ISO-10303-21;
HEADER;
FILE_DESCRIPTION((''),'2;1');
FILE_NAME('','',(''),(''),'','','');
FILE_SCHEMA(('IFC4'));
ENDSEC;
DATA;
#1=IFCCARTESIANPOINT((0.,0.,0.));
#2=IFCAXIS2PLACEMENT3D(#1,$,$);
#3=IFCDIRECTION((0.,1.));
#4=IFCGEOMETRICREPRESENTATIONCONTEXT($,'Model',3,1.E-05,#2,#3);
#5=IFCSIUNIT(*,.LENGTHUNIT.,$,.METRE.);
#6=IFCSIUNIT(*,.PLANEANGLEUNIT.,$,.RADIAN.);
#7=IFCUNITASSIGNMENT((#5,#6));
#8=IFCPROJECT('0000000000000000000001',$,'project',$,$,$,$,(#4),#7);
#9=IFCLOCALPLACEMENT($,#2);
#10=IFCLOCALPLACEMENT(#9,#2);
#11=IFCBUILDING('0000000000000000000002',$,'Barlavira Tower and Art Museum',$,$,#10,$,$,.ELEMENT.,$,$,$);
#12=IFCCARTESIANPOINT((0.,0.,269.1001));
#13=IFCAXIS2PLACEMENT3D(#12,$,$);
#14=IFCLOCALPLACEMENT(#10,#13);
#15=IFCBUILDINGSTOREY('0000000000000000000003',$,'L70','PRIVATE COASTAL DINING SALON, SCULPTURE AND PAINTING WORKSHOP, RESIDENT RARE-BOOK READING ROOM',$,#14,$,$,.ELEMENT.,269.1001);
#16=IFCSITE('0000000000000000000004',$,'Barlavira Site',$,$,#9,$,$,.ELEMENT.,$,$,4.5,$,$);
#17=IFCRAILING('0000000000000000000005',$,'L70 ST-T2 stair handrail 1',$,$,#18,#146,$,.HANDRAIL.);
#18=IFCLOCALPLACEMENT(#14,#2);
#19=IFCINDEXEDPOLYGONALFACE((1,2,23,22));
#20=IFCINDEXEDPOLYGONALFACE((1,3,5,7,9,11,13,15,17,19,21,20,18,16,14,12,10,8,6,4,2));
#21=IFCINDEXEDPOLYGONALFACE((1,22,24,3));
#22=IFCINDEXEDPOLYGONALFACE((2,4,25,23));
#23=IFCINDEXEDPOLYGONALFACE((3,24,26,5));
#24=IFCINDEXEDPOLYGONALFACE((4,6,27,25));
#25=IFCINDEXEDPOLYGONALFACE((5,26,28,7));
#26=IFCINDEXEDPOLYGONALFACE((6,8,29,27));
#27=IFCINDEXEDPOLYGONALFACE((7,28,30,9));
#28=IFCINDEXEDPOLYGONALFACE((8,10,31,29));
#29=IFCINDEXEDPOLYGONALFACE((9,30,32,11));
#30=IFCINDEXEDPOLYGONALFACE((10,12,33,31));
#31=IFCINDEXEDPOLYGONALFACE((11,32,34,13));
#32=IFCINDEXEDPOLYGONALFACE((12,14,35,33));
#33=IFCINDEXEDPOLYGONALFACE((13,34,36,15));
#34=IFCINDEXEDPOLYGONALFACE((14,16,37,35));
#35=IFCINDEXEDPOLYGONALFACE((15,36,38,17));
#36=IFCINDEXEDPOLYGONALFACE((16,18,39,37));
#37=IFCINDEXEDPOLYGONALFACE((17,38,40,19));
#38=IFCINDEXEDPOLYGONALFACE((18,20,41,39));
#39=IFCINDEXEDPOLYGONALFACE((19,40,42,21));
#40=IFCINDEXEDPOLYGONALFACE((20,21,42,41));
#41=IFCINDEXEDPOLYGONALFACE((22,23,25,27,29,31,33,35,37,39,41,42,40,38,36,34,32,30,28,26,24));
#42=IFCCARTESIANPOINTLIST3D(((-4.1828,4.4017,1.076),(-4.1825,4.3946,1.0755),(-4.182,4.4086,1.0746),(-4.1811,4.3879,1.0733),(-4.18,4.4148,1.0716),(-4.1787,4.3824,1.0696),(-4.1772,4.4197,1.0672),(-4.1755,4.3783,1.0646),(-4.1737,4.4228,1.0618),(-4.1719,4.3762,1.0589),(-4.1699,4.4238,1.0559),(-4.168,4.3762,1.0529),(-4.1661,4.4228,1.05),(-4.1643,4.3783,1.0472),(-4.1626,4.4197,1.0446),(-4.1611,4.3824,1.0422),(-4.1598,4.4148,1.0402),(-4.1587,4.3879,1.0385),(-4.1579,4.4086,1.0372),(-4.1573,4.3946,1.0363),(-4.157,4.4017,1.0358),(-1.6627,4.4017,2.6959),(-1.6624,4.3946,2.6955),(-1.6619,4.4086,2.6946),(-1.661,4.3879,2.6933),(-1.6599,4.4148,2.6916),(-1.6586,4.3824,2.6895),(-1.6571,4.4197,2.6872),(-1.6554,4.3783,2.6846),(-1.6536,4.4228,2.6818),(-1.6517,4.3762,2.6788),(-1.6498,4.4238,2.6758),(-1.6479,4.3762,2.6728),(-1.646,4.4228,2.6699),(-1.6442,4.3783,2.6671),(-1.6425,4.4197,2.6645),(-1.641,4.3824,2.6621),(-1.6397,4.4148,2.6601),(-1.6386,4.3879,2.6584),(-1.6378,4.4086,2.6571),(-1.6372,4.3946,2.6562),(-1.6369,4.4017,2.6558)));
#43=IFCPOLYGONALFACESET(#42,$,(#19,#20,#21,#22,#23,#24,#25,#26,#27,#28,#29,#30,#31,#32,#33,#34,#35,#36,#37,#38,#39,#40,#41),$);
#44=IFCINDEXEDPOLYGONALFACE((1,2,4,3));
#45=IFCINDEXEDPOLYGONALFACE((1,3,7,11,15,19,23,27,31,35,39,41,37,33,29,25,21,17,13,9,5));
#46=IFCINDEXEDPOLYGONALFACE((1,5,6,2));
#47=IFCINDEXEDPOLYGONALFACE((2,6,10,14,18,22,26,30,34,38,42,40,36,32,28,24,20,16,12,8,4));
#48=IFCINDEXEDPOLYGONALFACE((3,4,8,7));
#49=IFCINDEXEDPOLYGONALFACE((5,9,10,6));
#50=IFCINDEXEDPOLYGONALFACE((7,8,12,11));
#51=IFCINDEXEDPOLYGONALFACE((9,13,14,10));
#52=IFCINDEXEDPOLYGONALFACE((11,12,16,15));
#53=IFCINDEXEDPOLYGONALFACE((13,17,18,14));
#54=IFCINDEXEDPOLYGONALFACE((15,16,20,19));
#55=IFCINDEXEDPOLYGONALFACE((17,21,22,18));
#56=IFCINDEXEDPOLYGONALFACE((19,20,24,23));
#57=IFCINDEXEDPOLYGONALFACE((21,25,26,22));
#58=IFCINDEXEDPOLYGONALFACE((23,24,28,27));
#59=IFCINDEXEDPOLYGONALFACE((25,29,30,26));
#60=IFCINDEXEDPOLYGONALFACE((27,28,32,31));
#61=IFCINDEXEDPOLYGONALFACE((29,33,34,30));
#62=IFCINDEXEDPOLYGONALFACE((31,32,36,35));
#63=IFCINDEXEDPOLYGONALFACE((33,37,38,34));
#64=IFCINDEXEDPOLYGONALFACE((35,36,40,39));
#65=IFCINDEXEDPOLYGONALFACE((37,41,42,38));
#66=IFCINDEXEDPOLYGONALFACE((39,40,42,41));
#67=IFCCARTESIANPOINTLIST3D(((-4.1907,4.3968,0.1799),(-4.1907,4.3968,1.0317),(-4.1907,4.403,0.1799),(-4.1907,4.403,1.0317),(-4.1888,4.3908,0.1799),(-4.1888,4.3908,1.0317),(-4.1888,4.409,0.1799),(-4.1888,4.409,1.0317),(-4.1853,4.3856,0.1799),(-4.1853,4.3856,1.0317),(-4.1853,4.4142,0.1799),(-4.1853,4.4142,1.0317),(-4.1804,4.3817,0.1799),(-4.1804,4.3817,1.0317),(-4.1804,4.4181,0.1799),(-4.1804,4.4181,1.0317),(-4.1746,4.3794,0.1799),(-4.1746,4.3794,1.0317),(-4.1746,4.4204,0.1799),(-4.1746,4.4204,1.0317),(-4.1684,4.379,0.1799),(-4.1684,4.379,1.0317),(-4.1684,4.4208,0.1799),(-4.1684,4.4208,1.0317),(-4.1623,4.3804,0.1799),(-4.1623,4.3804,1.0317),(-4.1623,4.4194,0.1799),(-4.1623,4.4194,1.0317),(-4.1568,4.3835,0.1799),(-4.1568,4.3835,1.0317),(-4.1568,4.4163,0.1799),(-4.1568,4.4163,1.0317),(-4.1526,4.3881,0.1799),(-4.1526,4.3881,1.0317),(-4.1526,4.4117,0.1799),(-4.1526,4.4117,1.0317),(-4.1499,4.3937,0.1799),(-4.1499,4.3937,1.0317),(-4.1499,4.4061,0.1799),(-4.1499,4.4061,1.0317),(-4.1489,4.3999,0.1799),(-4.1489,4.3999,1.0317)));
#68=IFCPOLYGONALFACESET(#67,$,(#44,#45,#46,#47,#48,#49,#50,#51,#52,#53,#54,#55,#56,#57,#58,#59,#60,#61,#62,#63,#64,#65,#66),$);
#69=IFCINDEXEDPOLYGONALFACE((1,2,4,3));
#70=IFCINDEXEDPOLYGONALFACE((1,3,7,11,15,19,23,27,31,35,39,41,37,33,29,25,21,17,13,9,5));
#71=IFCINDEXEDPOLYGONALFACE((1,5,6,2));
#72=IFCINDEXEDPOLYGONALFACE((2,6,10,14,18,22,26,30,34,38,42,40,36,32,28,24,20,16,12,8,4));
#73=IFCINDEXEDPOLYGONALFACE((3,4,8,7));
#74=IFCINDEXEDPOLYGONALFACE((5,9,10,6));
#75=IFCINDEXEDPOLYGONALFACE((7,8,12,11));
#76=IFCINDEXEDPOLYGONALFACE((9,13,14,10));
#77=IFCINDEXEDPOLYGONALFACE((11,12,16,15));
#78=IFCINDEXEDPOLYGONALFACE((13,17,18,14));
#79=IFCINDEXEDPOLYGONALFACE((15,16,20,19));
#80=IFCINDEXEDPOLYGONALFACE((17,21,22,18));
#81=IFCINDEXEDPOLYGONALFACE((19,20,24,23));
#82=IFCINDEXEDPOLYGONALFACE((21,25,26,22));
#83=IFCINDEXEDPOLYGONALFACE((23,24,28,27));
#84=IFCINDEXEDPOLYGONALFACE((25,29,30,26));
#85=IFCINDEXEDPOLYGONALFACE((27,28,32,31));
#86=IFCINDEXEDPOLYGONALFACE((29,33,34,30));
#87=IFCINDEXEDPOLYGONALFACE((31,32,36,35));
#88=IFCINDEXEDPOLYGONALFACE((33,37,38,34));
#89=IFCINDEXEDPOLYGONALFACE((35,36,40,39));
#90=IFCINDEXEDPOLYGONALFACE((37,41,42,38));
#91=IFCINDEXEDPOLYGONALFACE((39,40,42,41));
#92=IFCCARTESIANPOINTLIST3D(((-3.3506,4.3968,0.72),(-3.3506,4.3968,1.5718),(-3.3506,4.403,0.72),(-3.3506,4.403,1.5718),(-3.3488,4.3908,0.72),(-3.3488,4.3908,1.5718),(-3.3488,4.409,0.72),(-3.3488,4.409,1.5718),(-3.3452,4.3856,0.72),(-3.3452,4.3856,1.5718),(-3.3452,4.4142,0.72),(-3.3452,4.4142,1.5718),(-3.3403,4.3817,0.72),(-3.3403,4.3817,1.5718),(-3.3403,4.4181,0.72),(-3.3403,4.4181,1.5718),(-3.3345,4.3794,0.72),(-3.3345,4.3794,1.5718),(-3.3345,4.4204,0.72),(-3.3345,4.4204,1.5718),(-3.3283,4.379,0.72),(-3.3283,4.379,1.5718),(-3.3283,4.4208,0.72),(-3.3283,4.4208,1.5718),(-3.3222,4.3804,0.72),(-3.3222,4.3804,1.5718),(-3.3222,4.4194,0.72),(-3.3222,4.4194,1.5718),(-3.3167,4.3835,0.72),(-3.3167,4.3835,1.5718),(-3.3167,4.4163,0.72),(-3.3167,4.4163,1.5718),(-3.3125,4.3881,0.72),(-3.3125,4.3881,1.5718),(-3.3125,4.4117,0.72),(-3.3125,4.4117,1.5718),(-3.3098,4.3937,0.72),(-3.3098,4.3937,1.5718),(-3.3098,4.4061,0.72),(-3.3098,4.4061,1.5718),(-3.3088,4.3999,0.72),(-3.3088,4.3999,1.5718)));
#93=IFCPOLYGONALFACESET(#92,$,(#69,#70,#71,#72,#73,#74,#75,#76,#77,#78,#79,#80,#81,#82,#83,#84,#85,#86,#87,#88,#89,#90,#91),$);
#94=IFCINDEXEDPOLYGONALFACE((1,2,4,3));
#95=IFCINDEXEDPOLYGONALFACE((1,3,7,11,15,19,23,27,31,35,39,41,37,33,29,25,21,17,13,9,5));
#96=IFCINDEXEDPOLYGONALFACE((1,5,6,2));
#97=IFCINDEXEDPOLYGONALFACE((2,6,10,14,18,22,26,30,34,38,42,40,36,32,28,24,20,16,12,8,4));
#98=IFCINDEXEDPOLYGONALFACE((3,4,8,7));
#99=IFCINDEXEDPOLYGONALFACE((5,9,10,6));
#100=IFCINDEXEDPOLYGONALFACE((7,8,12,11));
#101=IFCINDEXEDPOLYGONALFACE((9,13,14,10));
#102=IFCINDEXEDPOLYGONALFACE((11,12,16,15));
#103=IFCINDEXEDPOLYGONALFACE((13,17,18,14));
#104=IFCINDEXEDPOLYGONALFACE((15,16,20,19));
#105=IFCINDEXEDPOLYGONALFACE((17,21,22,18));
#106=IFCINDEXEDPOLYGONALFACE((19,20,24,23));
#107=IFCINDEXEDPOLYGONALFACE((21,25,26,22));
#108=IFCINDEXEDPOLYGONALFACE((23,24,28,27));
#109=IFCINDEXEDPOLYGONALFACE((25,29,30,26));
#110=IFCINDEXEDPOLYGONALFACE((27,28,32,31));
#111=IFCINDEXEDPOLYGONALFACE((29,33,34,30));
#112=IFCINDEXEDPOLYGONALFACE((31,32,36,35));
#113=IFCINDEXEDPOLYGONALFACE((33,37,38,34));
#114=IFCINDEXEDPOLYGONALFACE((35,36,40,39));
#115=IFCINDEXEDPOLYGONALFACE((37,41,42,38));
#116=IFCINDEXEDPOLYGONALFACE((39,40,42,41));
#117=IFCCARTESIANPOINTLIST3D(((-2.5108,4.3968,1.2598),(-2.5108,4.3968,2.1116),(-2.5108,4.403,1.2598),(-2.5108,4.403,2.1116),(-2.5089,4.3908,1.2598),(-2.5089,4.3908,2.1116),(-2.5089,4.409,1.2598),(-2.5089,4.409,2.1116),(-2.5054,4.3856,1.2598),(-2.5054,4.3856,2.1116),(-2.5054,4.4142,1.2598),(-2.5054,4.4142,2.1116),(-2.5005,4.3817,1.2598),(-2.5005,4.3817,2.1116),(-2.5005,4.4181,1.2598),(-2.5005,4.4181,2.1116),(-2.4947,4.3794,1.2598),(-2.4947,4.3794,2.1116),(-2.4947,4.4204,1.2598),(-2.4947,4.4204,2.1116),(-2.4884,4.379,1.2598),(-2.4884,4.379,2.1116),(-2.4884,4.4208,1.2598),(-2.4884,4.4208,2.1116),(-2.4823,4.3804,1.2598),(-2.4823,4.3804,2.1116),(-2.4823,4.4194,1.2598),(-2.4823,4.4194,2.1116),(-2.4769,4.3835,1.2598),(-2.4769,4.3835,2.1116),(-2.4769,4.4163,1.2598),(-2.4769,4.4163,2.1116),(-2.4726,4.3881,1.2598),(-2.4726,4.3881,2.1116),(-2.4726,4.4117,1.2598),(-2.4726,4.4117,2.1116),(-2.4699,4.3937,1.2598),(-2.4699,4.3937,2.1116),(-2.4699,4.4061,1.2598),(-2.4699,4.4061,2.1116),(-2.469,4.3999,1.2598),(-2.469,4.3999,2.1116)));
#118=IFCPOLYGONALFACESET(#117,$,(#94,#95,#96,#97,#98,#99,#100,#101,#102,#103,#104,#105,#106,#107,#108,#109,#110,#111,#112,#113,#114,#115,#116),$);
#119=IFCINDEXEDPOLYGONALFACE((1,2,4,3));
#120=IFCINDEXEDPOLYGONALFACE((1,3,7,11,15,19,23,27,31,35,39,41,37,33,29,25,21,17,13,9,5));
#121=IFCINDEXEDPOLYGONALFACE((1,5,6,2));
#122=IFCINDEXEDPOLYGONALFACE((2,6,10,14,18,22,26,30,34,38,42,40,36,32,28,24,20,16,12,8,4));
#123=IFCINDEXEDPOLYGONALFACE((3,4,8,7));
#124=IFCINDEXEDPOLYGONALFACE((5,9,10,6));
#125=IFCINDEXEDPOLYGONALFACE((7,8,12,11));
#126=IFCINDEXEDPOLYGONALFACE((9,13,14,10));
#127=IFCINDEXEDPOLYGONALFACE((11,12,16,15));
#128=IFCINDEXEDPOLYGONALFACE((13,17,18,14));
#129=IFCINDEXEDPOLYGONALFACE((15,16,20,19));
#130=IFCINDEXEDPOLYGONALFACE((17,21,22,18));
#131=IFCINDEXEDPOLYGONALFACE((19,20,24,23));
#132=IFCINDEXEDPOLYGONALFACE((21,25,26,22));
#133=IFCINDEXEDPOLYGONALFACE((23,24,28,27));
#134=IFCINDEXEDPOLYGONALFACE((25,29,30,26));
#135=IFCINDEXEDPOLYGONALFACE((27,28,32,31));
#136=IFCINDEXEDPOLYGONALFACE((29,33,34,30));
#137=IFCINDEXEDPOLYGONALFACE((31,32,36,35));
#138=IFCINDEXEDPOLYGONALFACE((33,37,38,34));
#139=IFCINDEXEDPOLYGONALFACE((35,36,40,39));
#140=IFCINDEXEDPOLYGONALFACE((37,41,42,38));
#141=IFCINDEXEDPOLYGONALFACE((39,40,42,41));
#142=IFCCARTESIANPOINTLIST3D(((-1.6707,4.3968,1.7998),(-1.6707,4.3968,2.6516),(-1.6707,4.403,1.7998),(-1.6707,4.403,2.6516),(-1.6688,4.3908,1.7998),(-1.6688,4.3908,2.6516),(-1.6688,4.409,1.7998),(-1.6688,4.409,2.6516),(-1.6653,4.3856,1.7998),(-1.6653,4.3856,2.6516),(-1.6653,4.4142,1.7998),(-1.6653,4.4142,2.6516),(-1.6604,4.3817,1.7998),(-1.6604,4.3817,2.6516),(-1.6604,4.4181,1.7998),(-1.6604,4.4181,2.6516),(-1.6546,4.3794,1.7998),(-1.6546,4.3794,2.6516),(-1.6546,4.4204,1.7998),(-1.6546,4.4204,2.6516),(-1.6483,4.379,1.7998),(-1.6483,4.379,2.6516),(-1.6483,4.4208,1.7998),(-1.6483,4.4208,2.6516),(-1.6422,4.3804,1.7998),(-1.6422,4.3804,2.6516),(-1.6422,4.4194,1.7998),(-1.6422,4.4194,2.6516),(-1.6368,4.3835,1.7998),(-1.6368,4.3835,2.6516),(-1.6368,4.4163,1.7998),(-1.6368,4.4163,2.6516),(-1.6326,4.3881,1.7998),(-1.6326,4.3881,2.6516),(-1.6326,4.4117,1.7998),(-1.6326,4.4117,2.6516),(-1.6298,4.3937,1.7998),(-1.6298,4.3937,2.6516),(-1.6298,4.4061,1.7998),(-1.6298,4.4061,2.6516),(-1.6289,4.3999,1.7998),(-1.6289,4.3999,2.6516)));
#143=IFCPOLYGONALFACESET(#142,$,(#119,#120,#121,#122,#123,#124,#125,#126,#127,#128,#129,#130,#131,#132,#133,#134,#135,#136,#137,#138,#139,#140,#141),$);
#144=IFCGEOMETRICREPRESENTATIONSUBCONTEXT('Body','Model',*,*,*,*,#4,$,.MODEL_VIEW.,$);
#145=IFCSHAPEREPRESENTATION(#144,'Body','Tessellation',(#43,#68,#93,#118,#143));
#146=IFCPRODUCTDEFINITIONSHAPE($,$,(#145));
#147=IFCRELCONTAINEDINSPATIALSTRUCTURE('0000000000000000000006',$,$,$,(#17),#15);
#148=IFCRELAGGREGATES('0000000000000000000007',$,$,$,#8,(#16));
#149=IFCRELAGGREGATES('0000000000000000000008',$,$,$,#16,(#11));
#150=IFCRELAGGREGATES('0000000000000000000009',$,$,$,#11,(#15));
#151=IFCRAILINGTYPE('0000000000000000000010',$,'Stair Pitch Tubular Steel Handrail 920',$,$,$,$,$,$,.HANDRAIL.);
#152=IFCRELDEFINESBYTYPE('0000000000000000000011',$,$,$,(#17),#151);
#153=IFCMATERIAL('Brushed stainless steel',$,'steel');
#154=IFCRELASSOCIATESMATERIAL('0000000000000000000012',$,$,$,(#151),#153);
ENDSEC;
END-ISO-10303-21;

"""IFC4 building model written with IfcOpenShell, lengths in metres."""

from ifc_helpers import new_model, si_unit, direction, frame, origin, origin_2d, place, context, subcontext, project, spatial, circle, extrude, material, type_object, element, save


model = new_model("IFC4")

# Units and contexts
model_context = context("Model", 3, precision=1e-05, world=origin(), true_north=direction((0.0, 1.0)))
body_context = subcontext(model_context, "Body", "Model", "MODEL_VIEW")
ifc_project = project(units=[si_unit("LENGTHUNIT", "METRE"), si_unit("PLANEANGLEUNIT", "RADIAN")], contexts=[model_context])

# Site, building, storey
site_placement = place(None, origin())
site = spatial("IfcSite", under=ifc_project, at=site_placement, Name="Barlavira Site", CompositionType="ELEMENT", RefElevation=4.5)
building_placement = place(site_placement, origin())
building = spatial("IfcBuilding", under=site, at=building_placement, Name="Barlavira Tower and Art Museum", CompositionType="ELEMENT")
storey_placement = place(building_placement, frame((0.0, 0.0, 269.1001)))
storey = spatial("IfcBuildingStorey", under=building, at=storey_placement, Name="L70", Description="PRIVATE COASTAL DINING SALON, SCULPTURE AND PAINTING WORKSHOP, RESIDENT RARE-BOOK READING ROOM", CompositionType="ELEMENT", Elevation=269.1001)

# Shared definitions
ifc_material_1 = material(Name="Brushed stainless steel", Category="steel")

# Railing
railing_type_1 = type_object("IfcRailingType", Name="Stair Pitch Tubular Steel Handrail 920", PredefinedType="HANDRAIL", material=ifc_material_1)
railing_1_placement = place(storey_placement, frame((-4.1699, 4.3999, 0.1799)))
element("IfcRailing", 1, at=railing_1_placement, inside=storey, type_object=railing_type_1, Name="L70 ST-T2 stair handrail 1", PredefinedType="HANDRAIL", context=body_context, shape_type="SweptSolid", body=[
    extrude(circle(Radius=0.0239, at=origin_2d()), frame((0.0, 0.0, 0.876), z_axis=(0.8412, 0.0, 0.540725), x_axis=(0.0, 1.0, 0.0)), (0.0, 0.0, 1.0), 2.9958),
    extrude(circle(Radius=0.021, at=origin_2d()), origin(), (0.0, 0.0, 1.0), 0.8518),
    extrude(circle(Radius=0.021, at=origin_2d()), frame((0.8401, 0.0, 0.54)), (0.0, 0.0, 1.0), 0.8518),
    extrude(circle(Radius=0.021, at=origin_2d()), frame((1.6799, 0.0, 1.0798)), (0.0, 0.0, 1.0), 0.8518),
    extrude(circle(Radius=0.021, at=origin_2d()), frame((2.52, 0.0, 1.6199)), (0.0, 0.0, 1.0), 0.8518),
])

save(model, "model.ifc")
